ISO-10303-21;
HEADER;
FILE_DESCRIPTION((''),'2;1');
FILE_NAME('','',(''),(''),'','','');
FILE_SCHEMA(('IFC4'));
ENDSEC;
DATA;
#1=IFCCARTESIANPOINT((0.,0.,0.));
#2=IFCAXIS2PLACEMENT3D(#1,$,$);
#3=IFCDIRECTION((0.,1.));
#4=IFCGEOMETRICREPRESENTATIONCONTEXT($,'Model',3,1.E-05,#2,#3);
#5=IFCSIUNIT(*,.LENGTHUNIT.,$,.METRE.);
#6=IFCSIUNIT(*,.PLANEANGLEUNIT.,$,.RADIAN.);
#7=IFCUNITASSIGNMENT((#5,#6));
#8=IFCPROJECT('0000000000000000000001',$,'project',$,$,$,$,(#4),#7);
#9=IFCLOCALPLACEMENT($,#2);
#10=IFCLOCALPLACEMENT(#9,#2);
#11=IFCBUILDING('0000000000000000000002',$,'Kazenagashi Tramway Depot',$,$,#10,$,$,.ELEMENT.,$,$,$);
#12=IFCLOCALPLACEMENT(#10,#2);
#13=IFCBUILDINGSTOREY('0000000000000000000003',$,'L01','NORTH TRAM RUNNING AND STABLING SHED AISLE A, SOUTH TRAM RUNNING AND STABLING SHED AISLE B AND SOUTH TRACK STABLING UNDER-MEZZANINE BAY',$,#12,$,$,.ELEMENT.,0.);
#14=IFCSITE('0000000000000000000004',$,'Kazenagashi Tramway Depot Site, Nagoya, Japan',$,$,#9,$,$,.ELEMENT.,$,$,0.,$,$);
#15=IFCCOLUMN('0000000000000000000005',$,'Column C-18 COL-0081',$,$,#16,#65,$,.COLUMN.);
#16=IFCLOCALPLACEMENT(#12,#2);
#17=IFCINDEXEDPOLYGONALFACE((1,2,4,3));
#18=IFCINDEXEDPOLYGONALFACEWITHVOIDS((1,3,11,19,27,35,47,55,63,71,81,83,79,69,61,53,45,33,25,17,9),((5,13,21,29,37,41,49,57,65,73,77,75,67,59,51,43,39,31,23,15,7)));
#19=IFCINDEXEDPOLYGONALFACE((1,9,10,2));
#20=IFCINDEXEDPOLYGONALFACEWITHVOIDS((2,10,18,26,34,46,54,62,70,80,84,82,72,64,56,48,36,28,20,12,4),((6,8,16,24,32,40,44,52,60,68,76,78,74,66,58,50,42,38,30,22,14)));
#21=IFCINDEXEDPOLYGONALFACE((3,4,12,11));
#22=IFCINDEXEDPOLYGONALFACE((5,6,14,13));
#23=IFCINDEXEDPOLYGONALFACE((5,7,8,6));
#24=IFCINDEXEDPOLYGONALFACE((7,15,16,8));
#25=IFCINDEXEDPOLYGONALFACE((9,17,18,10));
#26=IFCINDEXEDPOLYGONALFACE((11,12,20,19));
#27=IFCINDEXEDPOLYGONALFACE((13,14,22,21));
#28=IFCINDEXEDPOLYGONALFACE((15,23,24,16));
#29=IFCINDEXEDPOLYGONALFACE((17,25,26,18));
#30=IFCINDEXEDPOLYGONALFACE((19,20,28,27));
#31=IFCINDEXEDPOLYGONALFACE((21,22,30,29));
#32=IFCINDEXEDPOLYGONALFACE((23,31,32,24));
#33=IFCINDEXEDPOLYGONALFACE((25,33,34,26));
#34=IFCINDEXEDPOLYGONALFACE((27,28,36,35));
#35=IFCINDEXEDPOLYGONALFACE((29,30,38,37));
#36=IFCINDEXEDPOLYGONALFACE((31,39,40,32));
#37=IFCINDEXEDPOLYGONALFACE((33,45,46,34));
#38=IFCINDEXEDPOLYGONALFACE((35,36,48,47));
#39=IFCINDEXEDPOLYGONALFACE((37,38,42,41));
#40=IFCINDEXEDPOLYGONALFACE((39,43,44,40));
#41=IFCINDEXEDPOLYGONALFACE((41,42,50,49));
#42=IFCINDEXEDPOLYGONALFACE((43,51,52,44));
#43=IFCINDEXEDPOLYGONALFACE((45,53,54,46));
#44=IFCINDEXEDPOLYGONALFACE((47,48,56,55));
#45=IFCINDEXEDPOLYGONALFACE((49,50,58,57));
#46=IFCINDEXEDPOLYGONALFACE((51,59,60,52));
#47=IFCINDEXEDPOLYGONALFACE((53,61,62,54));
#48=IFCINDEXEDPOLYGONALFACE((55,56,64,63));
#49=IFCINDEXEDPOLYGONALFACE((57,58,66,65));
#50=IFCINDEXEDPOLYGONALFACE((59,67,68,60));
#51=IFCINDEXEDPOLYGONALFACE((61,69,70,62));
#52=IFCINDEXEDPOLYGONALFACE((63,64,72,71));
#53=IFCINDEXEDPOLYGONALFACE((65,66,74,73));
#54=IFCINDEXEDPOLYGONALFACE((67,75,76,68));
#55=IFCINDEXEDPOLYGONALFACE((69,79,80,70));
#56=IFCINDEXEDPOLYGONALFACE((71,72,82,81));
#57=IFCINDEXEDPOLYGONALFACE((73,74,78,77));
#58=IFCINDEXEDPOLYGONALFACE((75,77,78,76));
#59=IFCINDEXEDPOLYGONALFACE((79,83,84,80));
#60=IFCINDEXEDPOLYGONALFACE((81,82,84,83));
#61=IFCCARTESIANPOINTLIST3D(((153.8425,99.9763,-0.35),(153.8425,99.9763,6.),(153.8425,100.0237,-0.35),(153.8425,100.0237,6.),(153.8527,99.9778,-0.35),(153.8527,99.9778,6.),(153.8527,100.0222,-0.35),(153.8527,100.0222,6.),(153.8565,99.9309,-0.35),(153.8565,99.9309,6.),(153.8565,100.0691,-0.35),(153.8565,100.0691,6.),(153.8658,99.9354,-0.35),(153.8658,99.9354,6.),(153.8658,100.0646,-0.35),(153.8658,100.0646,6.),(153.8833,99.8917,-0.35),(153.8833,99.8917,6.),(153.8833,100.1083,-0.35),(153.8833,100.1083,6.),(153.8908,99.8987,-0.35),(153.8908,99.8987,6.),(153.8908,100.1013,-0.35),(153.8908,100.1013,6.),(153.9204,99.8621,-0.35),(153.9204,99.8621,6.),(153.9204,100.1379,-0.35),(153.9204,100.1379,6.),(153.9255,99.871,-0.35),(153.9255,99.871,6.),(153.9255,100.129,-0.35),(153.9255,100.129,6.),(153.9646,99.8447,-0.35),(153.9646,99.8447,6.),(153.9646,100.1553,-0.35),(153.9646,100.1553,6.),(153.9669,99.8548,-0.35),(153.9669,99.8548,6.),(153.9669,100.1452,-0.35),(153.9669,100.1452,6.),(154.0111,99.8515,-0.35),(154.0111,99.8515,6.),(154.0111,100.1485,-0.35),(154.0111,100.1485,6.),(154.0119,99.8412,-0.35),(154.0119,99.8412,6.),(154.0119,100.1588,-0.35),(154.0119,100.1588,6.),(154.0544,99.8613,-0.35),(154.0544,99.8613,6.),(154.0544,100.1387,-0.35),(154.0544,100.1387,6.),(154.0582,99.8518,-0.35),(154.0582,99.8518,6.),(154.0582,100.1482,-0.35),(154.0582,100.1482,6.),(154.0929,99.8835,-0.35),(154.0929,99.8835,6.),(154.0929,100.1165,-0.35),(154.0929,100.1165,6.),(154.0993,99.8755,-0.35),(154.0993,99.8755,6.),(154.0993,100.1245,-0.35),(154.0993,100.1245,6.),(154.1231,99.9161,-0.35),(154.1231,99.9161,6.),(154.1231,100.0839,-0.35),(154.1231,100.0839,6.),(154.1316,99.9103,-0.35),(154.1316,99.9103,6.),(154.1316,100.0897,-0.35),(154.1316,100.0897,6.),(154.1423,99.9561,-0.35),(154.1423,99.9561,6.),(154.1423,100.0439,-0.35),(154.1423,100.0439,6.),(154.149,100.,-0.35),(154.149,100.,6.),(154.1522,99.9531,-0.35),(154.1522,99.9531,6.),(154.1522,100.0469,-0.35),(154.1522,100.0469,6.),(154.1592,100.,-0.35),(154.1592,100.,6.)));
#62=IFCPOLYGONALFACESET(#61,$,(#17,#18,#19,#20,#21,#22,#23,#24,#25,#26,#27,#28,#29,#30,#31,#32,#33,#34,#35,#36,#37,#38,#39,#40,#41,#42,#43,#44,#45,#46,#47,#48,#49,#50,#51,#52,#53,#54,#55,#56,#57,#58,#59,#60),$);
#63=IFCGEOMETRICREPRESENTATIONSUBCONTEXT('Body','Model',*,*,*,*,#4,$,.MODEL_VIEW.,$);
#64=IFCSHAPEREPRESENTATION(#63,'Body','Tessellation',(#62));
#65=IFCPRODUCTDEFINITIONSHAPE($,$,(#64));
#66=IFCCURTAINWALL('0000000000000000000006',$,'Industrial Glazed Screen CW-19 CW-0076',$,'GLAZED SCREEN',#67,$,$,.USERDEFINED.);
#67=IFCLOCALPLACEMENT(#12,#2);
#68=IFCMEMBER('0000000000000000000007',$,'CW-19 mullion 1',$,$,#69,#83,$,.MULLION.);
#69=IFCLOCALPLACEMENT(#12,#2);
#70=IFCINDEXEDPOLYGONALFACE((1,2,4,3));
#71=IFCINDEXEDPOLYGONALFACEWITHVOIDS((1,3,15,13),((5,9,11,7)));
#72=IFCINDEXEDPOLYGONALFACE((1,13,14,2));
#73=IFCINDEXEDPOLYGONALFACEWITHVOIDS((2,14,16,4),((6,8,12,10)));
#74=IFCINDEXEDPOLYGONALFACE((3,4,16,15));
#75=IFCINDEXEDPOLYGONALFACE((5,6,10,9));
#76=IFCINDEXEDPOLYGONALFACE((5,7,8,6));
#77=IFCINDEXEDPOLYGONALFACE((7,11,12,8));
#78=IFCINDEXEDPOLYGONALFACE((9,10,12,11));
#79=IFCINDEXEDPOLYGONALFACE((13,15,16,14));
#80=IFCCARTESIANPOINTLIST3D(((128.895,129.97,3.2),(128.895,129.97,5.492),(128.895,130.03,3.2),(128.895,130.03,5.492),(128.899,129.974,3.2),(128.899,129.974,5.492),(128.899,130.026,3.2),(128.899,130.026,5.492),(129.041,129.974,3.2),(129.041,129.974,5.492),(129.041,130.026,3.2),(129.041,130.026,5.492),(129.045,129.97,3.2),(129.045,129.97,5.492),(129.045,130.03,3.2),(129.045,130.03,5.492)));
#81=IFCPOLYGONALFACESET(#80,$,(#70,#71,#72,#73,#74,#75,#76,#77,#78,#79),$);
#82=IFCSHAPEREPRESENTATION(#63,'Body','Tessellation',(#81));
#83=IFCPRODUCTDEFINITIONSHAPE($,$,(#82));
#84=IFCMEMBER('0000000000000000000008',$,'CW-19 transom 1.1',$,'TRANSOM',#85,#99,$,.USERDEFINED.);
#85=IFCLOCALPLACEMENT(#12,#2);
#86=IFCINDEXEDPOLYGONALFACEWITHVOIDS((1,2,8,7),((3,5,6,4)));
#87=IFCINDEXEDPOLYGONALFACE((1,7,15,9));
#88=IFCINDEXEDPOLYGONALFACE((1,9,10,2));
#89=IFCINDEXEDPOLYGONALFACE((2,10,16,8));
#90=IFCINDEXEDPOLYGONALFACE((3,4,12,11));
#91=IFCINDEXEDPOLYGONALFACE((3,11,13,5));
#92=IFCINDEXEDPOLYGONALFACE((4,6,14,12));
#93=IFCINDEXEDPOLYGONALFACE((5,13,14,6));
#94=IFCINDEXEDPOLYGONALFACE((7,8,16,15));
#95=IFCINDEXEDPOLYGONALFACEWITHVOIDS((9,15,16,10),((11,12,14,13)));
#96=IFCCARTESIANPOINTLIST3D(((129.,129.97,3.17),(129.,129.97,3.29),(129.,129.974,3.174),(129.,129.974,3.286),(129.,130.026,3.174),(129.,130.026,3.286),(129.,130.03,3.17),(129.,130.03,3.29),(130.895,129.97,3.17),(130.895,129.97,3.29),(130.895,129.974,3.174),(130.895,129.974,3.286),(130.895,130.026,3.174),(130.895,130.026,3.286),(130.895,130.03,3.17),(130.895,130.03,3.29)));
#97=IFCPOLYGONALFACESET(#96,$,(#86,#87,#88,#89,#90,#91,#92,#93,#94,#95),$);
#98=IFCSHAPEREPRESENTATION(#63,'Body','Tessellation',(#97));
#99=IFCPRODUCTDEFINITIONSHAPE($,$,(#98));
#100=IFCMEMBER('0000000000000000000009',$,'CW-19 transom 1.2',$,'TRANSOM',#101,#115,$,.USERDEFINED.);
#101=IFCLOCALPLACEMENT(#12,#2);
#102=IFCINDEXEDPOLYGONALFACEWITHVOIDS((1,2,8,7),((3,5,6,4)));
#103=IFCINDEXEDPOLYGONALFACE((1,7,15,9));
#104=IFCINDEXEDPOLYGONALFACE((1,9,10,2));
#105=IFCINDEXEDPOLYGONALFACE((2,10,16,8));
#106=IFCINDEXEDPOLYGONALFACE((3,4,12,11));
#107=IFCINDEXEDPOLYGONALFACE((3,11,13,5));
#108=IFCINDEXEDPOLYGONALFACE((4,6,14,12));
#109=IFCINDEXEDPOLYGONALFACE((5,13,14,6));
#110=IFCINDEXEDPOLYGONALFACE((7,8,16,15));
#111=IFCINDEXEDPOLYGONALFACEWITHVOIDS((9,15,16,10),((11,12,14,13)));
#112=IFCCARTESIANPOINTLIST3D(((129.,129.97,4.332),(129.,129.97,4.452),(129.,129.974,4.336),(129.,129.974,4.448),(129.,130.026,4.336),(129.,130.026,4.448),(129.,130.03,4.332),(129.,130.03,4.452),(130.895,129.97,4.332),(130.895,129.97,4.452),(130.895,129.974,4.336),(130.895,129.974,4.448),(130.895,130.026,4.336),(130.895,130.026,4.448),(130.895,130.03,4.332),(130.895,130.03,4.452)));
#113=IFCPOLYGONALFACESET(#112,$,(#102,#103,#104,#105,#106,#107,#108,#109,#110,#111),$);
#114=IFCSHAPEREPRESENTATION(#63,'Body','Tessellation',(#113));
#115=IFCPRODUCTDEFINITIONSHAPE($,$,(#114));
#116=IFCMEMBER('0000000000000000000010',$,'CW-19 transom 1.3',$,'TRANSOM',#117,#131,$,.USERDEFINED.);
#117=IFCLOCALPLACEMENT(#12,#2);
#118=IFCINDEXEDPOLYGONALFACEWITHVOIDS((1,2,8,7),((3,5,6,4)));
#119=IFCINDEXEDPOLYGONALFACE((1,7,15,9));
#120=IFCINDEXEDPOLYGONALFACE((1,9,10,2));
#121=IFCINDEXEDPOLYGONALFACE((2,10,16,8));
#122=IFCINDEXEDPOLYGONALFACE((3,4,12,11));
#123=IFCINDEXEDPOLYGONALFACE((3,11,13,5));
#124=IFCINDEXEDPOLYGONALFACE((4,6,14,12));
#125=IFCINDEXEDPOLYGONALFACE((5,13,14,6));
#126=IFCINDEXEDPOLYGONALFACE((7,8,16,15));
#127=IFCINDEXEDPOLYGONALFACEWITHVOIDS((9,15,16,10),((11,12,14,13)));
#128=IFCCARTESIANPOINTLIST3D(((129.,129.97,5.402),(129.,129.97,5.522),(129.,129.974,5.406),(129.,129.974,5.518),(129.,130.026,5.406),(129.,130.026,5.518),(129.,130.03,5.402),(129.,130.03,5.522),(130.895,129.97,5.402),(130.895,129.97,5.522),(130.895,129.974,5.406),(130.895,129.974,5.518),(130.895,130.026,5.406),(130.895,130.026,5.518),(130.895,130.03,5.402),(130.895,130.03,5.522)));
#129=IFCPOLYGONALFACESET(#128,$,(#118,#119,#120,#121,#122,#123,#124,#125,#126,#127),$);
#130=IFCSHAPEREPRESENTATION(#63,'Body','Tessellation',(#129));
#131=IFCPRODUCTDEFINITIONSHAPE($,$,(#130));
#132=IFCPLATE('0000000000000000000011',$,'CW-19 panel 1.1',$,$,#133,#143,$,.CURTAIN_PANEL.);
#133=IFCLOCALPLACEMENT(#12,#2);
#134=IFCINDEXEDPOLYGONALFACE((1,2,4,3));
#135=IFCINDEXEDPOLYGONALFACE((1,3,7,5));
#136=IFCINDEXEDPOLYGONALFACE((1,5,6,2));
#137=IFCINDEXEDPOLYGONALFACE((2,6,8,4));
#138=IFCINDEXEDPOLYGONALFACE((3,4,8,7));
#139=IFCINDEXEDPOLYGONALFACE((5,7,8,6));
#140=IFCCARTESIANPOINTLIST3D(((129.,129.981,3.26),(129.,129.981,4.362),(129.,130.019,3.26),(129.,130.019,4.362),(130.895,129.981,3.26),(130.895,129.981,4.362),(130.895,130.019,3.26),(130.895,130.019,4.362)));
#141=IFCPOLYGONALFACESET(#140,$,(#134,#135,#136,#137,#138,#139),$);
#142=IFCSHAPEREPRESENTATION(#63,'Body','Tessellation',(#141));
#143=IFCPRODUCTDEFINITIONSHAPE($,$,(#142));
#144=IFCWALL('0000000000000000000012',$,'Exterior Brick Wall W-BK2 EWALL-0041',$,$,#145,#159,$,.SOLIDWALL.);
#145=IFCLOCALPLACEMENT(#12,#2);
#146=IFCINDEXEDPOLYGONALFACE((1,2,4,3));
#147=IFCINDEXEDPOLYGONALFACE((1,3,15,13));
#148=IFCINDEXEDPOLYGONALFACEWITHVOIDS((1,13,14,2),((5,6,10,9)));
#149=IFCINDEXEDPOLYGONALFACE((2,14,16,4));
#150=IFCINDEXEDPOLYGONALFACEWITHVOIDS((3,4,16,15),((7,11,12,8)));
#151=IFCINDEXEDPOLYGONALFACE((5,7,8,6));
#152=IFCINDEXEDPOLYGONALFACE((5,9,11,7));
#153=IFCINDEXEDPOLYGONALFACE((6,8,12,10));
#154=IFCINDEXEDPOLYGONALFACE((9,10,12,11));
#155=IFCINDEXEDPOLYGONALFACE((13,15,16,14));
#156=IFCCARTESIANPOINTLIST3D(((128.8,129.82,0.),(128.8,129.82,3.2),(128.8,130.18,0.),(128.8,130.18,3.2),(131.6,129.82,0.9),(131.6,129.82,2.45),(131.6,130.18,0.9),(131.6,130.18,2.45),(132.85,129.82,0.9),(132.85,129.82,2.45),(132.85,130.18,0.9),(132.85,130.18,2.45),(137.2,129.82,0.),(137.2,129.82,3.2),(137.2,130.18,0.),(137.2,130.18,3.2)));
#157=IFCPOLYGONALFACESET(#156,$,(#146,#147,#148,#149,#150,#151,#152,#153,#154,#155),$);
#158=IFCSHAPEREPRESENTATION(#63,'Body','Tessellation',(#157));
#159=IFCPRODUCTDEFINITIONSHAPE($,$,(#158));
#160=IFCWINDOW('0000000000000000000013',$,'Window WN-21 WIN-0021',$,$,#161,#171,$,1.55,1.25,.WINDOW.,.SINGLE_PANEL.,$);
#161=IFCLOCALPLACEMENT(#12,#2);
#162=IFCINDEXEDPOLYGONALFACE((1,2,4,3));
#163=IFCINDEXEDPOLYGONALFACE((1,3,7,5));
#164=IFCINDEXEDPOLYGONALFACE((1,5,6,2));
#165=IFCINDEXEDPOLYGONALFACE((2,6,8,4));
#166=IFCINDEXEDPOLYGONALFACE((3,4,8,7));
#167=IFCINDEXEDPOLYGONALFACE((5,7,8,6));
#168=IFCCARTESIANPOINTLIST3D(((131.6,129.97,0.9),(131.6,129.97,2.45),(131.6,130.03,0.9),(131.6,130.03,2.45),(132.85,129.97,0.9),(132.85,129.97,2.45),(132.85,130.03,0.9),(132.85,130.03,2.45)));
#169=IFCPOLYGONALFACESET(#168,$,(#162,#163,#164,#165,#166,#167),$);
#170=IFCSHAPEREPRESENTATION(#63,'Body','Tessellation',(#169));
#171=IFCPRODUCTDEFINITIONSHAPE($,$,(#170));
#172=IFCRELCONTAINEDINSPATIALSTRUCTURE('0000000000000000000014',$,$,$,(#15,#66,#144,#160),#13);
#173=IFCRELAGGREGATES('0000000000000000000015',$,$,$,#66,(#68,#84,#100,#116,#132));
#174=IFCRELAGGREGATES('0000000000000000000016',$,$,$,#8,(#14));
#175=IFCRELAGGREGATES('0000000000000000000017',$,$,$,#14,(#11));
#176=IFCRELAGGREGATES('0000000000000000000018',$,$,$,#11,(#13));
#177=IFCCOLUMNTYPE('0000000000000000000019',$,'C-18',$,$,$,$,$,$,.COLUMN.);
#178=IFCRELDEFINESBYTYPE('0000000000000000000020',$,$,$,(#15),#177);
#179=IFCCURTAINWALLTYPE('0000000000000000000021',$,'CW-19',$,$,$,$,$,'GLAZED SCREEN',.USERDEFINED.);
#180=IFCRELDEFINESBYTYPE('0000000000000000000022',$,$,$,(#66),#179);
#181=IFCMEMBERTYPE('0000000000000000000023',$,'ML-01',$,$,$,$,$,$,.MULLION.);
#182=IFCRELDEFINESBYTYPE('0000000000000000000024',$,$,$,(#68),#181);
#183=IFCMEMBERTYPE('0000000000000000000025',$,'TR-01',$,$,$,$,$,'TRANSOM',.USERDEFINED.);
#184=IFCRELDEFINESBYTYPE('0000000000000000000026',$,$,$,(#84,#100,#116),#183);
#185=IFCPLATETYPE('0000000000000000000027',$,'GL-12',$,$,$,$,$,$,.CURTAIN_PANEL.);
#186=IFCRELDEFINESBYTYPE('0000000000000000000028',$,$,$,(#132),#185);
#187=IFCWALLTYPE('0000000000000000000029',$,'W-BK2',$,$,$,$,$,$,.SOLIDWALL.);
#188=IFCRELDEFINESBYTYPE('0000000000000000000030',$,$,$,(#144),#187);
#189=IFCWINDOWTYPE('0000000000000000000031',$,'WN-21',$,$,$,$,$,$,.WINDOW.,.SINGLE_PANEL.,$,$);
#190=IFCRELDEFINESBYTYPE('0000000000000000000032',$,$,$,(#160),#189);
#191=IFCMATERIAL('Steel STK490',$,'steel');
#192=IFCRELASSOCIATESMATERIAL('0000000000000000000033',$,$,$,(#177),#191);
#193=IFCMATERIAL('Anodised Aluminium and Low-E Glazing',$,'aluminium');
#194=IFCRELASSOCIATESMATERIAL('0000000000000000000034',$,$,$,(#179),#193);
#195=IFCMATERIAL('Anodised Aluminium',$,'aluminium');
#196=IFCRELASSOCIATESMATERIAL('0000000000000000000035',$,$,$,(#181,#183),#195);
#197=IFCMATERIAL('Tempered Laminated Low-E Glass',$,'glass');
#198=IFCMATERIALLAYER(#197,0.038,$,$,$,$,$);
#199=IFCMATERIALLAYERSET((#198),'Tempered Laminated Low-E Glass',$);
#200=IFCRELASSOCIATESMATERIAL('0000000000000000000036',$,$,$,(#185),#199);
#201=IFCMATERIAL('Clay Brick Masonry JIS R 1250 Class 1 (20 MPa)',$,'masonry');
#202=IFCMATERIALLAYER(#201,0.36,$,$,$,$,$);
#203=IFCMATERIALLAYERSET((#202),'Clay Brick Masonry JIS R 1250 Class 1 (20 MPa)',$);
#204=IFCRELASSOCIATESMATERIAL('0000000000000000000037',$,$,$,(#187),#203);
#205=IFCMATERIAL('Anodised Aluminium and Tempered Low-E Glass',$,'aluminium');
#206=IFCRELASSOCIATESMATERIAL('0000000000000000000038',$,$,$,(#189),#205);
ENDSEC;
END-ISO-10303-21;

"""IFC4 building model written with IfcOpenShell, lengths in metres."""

from ifc_helpers import new_model, si_unit, direction, frame, frame_2d, origin, origin_2d, place, context, subcontext, project, spatial, rectangle, hollow_rectangle, hollow_circle, extrude, material, layer, layer_set, material_profile, profile_set, type_object, element, fill, aggregate, save


model = new_model("IFC4")

# Units and contexts
model_context = context("Model", 3, precision=1e-05, world=origin(), true_north=direction((0.0, 1.0)))
body_context = subcontext(model_context, "Body", "Model", "MODEL_VIEW")
ifc_project = project(units=[si_unit("LENGTHUNIT", "METRE"), si_unit("PLANEANGLEUNIT", "RADIAN")], contexts=[model_context])

# Site, building, storey
site_placement = place(None, origin())
site = spatial("IfcSite", under=ifc_project, at=site_placement, Name="Kazenagashi Tramway Depot Site, Nagoya, Japan", CompositionType="ELEMENT", RefElevation=0.0)
building_placement = place(site_placement, origin())
building = spatial("IfcBuilding", under=site, at=building_placement, Name="Kazenagashi Tramway Depot", CompositionType="ELEMENT")
storey_placement = place(building_placement, origin())
storey = spatial("IfcBuildingStorey", under=building, at=storey_placement, Name="L01", Description="NORTH TRAM RUNNING AND STABLING SHED AISLE A, SOUTH TRAM RUNNING AND STABLING SHED AISLE B AND SOUTH TRACK STABLING UNDER-MEZZANINE BAY", CompositionType="ELEMENT", Elevation=0.0)

# Column
ifc_material_1 = material(Name="Steel STK490", Category="steel")
ifc_material_profile_1 = material_profile(ifc_material_1, hollow_circle(Radius=0.1593, WallThickness=0.0103, at=origin_2d()), Name="CHS-318.5x10.3")
ifc_profile_set_1 = profile_set([ifc_material_profile_1], Name="Steel STK490")
column_type_1 = type_object("IfcColumnType", Name="C-18", PredefinedType="COLUMN", material=ifc_profile_set_1)
for number, where, z_axis, x_axis, name in (
    (1, (154.0, 100.0, -0.35), (0.0, 0.0, 1.0), (1.0, 0.0, 0.0), "Column C-18 COL-0081"),
):
    element("IfcColumn", number, at=place(storey_placement, frame(where, z_axis=z_axis, x_axis=x_axis)), inside=storey, type_object=column_type_1, Name=name, PredefinedType="COLUMN", context=body_context, shape_type="SweptSolid", body=[
        extrude(hollow_circle(Radius=0.1593, WallThickness=0.0103, at=origin_2d()), origin(), (0.0, 0.0, 1.0), 6.35),
    ])

# Curtain wall, members, plate
ifc_material_2 = material(Name="Anodised Aluminium and Low-E Glazing", Category="aluminium")
curtain_wall_type = type_object("IfcCurtainWallType", Name="CW-19", ElementType="GLAZED SCREEN", PredefinedType="USERDEFINED", material=ifc_material_2)
curtain_wall_placement = place(storey_placement, origin())
curtain_wall = element("IfcCurtainWall", 2, at=curtain_wall_placement, inside=storey, type_object=curtain_wall_type, Name="Industrial Glazed Screen CW-19 CW-0076", ObjectType="GLAZED SCREEN", PredefinedType="USERDEFINED")
ifc_material_3 = material(Name="Anodised Aluminium", Category="aluminium")
ifc_material_profile_2 = material_profile(ifc_material_3, hollow_rectangle(XDim=0.06, YDim=0.15, WallThickness=0.004, at=origin_2d()), Name="RHS-150x60x4")
ifc_profile_set_2 = profile_set([ifc_material_profile_2], Name="Anodised Aluminium")
member_type_1 = type_object("IfcMemberType", Name="ML-01", PredefinedType="MULLION", material=ifc_profile_set_2)
member_1_placement = place(storey_placement, frame((128.97, 130.0, 3.2), z_axis=(0.0, 0.0, 1.0), x_axis=(0.0, 1.0, 0.0)))
member_1 = element("IfcMember", 3, at=member_1_placement, type_object=member_type_1, Name="CW-19 mullion 1", PredefinedType="MULLION", context=body_context, shape_type="SweptSolid", body=[
    extrude(hollow_rectangle(XDim=0.06, YDim=0.15, WallThickness=0.004, at=origin_2d()), origin(), (0.0, 0.0, 1.0), 2.292),
])
ifc_material_profile_3 = material_profile(ifc_material_3, hollow_rectangle(XDim=0.06, YDim=0.12, WallThickness=0.004, at=origin_2d()), Name="RHS-120x60x4")
ifc_profile_set_3 = profile_set([ifc_material_profile_3], Name="Anodised Aluminium")
member_type_2 = type_object("IfcMemberType", Name="TR-01", ElementType="TRANSOM", PredefinedType="USERDEFINED", material=ifc_profile_set_3)
member_2_placement = place(storey_placement, frame((129.0, 130.0, 3.23), z_axis=(1.0, 0.0, 0.0), x_axis=(0.0, 1.0, 0.0)))
member_2 = element("IfcMember", 4, at=member_2_placement, type_object=member_type_2, Name="CW-19 transom 1.1", ObjectType="TRANSOM", PredefinedType="USERDEFINED", context=body_context, shape_type="SweptSolid", body=[
    extrude(hollow_rectangle(XDim=0.06, YDim=0.12, WallThickness=0.004, at=origin_2d()), origin(), (0.0, 0.0, 1.0), 1.895),
])
member_3_placement = place(storey_placement, frame((129.0, 130.0, 4.392), z_axis=(1.0, 0.0, 0.0), x_axis=(0.0, 1.0, 0.0)))
member_3 = element("IfcMember", 5, at=member_3_placement, type_object=member_type_2, Name="CW-19 transom 1.2", ObjectType="TRANSOM", PredefinedType="USERDEFINED", context=body_context, shape_type="SweptSolid", body=[
    extrude(hollow_rectangle(XDim=0.06, YDim=0.12, WallThickness=0.004, at=origin_2d()), origin(), (0.0, 0.0, 1.0), 1.895),
])
member_4_placement = place(storey_placement, frame((129.0, 130.0, 5.462), z_axis=(1.0, 0.0, 0.0), x_axis=(0.0, 1.0, 0.0)))
member_4 = element("IfcMember", 6, at=member_4_placement, type_object=member_type_2, Name="CW-19 transom 1.3", ObjectType="TRANSOM", PredefinedType="USERDEFINED", context=body_context, shape_type="SweptSolid", body=[
    extrude(hollow_rectangle(XDim=0.06, YDim=0.12, WallThickness=0.004, at=origin_2d()), origin(), (0.0, 0.0, 1.0), 1.895),
])
ifc_material_4 = material(Name="Tempered Laminated Low-E Glass", Category="glass")
ifc_layer_1 = layer(ifc_material_4, 0.038)
ifc_layer_set_1 = layer_set([ifc_layer_1], Name="Tempered Laminated Low-E Glass")
plate_type = type_object("IfcPlateType", Name="GL-12", PredefinedType="CURTAIN_PANEL", material=ifc_layer_set_1)
plate_placement = place(storey_placement, frame((129.9475, 130.0, 3.26), z_axis=(0.0, 0.0, 1.0), x_axis=(1.0, 0.0, 0.0)))
plate = element("IfcPlate", 7, at=plate_placement, type_object=plate_type, Name="CW-19 panel 1.1", PredefinedType="CURTAIN_PANEL", context=body_context, shape_type="SweptSolid", body=[
    extrude(rectangle(XDim=1.895, YDim=0.038, at=origin_2d()), origin(), (0.0, 0.0, 1.0), 1.102),
])
aggregate(curtain_wall, [member_1, member_2, member_3, member_4, plate])

# Wall, opening, window
ifc_material_5 = material(Name="Clay Brick Masonry JIS R 1250 Class 1 (20 MPa)", Category="masonry")
ifc_layer_2 = layer(ifc_material_5, 0.36)
ifc_layer_set_2 = layer_set([ifc_layer_2], Name="Clay Brick Masonry JIS R 1250 Class 1 (20 MPa)")
wall_type = type_object("IfcWallType", Name="W-BK2", PredefinedType="SOLIDWALL", material=ifc_layer_set_2)
wall_placement = place(storey_placement, frame((128.8, 130.0, 0.0), z_axis=(0.0, 0.0, 1.0), x_axis=(1.0, 0.0, 0.0)))
wall = element("IfcWall", 8, at=wall_placement, inside=storey, type_object=wall_type, Name="Exterior Brick Wall W-BK2 EWALL-0041", PredefinedType="SOLIDWALL", context=body_context, shape_type="SweptSolid", body=[
    extrude(rectangle(XDim=8.4, YDim=0.36, at=frame_2d((4.2, 0.0))), origin(), (0.0, 0.0, 1.0), 3.2),
])
opening_placement = place(wall_placement, frame((2.8, 0.0, 0.9)))
opening = element("IfcOpeningElement", 9, at=opening_placement, cuts=wall, PredefinedType="OPENING", context=body_context, shape_type="SweptSolid", body=[
    extrude(rectangle(XDim=1.25, YDim=1.55, at=frame_2d((0.625, 0.775))), frame((0.0, 0.19, 0.0), z_axis=(0.0, -1.0, 0.0), x_axis=(1.0, 0.0, 0.0)), (0.0, 0.0, 1.0), 0.38),
])
ifc_material_6 = material(Name="Anodised Aluminium and Tempered Low-E Glass", Category="aluminium")
window_type = type_object("IfcWindowType", Name="WN-21", PartitioningType="SINGLE_PANEL", PredefinedType="WINDOW", material=ifc_material_6)
window_placement = place(opening_placement, origin())
window = element("IfcWindow", 10, at=window_placement, inside=storey, type_object=window_type, Name="Window WN-21 WIN-0021", OverallHeight=1.55, OverallWidth=1.25, PartitioningType="SINGLE_PANEL", PredefinedType="WINDOW", context=body_context, shape_type="SweptSolid", body=[
    extrude(rectangle(XDim=1.25, YDim=1.55, at=frame_2d((0.625, 0.775))), frame((0.0, 0.03, 0.0), z_axis=(0.0, -1.0, 0.0), x_axis=(1.0, 0.0, 0.0)), (0.0, 0.0, 1.0), 0.06),
])
fill(opening, window)

save(model, "model.ifc")
